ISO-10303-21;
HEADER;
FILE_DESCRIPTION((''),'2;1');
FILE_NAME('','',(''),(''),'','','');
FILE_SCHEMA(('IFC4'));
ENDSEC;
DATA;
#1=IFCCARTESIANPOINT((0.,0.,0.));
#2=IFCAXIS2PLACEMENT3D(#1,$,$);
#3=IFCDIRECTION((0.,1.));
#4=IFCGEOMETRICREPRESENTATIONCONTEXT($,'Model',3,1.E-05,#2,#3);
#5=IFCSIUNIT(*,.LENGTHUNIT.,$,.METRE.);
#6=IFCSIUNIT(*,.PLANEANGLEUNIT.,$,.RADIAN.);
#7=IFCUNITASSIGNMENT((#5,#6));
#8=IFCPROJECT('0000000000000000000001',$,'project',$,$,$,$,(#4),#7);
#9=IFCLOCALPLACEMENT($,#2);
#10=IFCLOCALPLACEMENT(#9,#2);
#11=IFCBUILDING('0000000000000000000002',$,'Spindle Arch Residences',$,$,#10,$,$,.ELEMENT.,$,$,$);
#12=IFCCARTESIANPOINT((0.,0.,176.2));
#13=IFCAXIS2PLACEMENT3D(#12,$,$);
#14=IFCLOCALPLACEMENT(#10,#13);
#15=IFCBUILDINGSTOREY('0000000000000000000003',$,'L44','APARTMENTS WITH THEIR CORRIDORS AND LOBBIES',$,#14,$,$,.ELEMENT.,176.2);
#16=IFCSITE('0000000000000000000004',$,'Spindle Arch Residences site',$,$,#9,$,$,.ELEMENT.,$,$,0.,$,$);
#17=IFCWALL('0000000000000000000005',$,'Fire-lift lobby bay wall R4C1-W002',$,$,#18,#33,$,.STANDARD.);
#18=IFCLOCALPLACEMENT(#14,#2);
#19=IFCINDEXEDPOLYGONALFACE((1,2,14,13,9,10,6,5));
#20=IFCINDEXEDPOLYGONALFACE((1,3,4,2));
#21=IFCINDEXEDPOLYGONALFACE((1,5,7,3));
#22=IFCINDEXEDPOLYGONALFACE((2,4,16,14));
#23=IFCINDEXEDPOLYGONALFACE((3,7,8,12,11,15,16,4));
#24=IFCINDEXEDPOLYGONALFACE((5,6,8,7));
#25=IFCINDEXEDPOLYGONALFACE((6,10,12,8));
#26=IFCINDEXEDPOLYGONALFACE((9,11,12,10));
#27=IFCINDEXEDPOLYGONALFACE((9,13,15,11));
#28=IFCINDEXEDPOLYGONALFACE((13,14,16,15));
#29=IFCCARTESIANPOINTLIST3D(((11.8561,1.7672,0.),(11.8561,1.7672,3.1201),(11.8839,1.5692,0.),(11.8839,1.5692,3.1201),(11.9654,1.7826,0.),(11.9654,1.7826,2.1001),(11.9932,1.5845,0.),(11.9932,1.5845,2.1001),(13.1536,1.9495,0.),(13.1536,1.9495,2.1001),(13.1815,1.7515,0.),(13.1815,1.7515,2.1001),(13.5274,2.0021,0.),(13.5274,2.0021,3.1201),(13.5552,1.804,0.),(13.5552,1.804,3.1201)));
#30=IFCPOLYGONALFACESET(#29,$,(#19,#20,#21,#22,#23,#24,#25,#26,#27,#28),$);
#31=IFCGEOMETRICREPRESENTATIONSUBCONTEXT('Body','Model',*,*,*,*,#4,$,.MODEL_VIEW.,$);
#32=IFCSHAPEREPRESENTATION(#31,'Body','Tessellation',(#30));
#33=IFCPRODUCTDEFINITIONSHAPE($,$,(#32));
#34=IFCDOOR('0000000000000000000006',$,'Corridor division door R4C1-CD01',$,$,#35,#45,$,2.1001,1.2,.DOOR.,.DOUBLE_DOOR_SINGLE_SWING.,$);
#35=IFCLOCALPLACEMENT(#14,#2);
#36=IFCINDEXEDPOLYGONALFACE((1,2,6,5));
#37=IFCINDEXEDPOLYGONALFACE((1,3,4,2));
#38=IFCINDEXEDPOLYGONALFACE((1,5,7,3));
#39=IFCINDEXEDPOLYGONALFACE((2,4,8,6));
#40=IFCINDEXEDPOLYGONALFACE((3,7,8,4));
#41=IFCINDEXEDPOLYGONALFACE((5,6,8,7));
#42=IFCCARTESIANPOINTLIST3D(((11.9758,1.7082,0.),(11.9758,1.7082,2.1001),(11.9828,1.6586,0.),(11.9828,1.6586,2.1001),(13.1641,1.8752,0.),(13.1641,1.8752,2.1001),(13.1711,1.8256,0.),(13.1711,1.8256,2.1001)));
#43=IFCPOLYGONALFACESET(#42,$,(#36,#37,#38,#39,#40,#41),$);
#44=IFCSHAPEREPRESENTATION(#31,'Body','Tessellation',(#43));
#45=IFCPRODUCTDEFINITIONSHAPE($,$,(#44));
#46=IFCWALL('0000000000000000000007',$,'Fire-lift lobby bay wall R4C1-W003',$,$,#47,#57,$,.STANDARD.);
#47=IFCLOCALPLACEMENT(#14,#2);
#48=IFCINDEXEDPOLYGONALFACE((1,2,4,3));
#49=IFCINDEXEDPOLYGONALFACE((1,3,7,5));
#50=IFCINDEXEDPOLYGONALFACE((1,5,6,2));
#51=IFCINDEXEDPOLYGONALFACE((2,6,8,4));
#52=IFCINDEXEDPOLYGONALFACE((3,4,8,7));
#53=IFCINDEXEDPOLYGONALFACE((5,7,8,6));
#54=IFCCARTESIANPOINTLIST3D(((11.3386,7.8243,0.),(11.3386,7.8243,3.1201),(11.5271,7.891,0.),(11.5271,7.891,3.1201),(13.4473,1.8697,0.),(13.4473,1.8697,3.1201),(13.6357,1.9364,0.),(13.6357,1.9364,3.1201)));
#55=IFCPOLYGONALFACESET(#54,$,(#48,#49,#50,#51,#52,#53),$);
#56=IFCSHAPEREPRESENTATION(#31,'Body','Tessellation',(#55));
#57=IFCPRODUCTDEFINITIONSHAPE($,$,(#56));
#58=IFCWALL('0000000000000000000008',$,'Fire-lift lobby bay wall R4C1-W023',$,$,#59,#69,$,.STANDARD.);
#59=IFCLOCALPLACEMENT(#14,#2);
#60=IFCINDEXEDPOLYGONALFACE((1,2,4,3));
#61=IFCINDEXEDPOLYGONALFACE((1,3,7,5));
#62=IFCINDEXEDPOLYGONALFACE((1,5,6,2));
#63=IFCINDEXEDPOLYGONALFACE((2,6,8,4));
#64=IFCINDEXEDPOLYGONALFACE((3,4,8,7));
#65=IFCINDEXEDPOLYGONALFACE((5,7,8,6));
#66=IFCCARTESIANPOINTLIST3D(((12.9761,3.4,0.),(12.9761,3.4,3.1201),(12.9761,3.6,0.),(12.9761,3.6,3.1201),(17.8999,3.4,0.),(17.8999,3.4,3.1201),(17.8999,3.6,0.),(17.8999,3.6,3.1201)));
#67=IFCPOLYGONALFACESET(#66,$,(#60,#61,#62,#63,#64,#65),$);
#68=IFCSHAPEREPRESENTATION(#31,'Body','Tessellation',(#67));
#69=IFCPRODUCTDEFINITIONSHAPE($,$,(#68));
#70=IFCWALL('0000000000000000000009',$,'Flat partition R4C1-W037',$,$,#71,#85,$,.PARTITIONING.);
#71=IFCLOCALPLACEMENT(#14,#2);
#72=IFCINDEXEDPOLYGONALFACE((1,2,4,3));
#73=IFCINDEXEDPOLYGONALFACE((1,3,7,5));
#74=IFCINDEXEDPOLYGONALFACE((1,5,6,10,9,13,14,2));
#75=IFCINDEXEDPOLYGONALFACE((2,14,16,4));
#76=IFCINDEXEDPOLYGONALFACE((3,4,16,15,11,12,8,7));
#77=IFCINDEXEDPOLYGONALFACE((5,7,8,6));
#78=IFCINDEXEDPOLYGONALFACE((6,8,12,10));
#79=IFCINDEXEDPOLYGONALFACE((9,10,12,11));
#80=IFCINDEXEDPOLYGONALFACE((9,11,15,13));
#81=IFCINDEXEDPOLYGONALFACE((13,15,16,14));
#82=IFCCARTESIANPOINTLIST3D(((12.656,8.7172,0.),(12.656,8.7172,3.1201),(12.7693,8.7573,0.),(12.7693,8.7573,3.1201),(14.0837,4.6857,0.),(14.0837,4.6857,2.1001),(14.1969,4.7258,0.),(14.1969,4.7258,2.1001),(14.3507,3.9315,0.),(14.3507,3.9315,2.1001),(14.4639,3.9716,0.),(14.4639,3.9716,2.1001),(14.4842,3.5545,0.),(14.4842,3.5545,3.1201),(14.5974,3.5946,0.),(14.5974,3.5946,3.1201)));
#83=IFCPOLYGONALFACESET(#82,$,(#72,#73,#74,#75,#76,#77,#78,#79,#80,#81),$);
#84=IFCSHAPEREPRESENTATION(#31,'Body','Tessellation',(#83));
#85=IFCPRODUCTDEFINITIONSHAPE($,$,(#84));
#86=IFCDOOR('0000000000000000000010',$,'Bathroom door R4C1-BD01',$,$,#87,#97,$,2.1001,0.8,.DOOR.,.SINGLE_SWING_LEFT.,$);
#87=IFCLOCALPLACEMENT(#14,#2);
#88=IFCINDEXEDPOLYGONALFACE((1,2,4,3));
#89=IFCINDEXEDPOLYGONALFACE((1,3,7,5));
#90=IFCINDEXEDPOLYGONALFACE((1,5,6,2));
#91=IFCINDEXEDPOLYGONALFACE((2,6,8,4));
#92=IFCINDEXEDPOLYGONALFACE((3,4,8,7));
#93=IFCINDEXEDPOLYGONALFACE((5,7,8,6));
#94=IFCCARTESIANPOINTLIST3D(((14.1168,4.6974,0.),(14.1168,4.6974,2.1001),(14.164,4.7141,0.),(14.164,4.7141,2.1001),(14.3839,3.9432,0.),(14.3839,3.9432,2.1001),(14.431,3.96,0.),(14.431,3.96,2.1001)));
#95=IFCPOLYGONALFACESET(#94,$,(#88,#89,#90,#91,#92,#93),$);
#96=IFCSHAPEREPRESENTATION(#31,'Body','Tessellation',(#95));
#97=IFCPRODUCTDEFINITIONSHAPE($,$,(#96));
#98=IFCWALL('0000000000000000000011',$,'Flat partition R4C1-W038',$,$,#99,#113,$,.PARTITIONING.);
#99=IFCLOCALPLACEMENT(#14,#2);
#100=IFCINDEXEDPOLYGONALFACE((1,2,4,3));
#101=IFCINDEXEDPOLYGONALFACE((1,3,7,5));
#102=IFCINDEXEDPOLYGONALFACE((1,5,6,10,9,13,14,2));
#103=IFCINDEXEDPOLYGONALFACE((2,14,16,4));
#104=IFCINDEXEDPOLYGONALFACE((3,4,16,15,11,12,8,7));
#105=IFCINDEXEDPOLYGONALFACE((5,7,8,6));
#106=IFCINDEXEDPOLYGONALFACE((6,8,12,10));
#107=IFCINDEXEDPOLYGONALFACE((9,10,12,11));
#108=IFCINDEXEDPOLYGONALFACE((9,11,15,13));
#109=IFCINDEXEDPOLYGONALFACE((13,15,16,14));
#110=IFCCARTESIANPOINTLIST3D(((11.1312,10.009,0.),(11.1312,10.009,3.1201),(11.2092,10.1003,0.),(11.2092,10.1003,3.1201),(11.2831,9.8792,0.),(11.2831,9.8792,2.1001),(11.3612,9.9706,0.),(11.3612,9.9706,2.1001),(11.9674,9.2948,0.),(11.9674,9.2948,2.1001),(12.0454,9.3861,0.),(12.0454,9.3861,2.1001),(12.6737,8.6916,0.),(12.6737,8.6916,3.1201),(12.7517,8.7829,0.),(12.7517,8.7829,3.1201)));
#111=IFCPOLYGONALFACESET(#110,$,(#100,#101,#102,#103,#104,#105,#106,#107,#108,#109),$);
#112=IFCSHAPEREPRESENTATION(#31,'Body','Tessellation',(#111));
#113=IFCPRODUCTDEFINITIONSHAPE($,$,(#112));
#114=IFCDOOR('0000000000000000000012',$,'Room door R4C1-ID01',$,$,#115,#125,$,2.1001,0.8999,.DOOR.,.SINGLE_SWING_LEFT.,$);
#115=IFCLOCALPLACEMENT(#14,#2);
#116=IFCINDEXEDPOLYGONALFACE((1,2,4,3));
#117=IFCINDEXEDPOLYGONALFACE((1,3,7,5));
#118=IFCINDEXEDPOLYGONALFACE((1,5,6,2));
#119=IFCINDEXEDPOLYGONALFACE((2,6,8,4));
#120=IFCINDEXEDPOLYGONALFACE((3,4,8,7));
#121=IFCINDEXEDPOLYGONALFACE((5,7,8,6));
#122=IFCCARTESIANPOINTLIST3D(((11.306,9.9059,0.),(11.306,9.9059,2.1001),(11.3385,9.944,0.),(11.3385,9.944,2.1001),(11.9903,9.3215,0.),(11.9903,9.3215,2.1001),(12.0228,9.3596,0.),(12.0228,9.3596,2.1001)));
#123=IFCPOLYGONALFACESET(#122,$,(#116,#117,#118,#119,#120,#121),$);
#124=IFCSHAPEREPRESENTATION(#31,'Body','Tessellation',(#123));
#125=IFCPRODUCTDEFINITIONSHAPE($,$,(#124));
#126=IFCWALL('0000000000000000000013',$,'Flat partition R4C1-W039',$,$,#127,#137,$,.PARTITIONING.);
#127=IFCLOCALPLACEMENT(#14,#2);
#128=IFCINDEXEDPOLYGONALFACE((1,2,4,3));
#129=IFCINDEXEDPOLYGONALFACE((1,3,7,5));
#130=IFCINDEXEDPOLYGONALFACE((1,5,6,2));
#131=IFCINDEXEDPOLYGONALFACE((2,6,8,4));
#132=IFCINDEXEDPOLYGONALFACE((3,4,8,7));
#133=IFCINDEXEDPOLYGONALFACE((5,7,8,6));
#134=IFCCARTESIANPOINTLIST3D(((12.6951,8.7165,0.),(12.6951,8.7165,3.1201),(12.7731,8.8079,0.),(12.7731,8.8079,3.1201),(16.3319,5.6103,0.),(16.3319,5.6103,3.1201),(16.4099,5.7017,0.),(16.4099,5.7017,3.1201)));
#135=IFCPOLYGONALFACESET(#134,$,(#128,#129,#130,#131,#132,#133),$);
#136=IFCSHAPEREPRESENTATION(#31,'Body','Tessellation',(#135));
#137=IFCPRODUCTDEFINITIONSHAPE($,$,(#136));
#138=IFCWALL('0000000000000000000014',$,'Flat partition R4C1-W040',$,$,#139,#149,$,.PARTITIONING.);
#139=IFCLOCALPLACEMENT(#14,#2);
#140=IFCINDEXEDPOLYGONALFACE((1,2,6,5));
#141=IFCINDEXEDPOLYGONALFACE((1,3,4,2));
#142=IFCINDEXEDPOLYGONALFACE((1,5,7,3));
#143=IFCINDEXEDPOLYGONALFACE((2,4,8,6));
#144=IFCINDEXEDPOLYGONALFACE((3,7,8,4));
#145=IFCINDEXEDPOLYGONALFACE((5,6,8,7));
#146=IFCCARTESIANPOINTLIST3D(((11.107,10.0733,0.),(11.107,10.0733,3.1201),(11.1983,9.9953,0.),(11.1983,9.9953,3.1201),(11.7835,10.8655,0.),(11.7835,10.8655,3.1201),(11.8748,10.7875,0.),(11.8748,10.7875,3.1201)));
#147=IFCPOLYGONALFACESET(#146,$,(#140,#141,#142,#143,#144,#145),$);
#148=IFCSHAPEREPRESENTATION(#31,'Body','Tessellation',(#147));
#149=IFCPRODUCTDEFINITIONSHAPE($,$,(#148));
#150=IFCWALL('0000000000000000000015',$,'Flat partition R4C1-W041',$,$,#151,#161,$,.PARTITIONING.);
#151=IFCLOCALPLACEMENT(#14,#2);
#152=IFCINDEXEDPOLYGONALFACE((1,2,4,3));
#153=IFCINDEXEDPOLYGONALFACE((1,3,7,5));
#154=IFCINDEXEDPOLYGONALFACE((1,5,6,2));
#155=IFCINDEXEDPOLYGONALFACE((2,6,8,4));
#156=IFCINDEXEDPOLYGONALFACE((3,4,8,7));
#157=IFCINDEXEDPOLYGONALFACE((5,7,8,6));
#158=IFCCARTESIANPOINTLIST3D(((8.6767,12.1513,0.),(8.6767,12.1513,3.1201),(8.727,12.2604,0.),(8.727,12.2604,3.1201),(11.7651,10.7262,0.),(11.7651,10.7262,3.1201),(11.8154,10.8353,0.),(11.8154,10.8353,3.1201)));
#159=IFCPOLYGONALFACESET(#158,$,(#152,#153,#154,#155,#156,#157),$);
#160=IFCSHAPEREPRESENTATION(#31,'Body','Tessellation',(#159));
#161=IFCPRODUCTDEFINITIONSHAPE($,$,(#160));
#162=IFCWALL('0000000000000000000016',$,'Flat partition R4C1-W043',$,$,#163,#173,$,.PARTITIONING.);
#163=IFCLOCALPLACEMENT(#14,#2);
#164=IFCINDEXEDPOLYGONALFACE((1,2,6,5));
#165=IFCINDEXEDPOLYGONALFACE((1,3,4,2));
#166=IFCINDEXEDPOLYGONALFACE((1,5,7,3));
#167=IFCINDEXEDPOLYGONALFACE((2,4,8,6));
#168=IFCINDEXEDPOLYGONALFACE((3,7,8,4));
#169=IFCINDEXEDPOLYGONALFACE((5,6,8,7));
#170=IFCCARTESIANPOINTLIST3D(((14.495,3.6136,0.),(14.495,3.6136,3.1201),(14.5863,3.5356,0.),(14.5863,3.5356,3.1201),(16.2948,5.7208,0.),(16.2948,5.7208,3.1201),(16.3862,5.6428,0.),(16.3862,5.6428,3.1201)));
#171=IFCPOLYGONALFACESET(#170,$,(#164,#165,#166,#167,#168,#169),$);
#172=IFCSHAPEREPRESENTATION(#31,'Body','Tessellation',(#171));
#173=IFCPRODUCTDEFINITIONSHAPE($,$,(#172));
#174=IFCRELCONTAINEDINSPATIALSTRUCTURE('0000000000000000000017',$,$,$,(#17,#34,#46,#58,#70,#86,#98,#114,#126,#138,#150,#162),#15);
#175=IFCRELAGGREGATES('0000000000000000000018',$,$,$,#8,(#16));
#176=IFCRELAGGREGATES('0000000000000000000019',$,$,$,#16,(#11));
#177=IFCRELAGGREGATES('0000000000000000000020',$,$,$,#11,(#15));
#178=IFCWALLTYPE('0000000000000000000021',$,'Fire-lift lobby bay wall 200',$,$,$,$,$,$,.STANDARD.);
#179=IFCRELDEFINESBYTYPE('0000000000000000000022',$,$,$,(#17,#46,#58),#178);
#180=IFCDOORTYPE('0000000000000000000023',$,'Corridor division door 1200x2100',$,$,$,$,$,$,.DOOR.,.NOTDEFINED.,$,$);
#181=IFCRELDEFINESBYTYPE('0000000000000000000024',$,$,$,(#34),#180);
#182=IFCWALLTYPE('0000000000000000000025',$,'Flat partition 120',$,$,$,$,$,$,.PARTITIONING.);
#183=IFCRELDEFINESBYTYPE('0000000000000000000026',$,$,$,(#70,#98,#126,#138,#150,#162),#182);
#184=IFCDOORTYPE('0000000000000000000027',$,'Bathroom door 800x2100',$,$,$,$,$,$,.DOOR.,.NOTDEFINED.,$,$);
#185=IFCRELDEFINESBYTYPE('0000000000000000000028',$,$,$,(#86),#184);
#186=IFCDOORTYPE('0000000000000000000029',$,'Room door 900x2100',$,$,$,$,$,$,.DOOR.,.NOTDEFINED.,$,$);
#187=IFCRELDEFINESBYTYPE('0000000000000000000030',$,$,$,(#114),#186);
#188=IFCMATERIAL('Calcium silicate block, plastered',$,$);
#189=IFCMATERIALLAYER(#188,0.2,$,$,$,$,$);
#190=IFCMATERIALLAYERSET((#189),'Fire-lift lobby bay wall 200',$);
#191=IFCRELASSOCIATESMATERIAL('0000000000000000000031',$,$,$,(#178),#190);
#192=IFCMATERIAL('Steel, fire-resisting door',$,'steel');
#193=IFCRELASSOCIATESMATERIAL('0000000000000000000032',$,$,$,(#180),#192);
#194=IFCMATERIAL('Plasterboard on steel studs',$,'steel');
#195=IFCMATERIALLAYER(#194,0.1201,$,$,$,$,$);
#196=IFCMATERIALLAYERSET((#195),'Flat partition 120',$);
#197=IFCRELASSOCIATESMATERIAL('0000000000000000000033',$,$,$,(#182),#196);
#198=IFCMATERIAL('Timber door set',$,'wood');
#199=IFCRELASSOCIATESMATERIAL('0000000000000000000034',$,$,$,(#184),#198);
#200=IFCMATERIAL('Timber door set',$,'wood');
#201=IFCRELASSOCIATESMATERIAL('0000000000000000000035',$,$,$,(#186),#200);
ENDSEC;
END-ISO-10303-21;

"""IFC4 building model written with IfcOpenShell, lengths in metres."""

from ifc_helpers import new_model, si_unit, direction, frame, frame_2d, origin, place, context, subcontext, project, spatial, rectangle, extrude, material, layer, layer_set, type_object, element, fill, save


model = new_model("IFC4")

# Units and contexts
model_context = context("Model", 3, precision=1e-05, world=origin(), true_north=direction((0.0, 1.0)))
body_context = subcontext(model_context, "Body", "Model", "MODEL_VIEW")
ifc_project = project(units=[si_unit("LENGTHUNIT", "METRE"), si_unit("PLANEANGLEUNIT", "RADIAN")], contexts=[model_context])

# Site, building, storey
site_placement = place(None, origin())
site = spatial("IfcSite", under=ifc_project, at=site_placement, Name="Spindle Arch Residences site", CompositionType="ELEMENT", RefElevation=0.0)
building_placement = place(site_placement, origin())
building = spatial("IfcBuilding", under=site, at=building_placement, Name="Spindle Arch Residences", CompositionType="ELEMENT")
storey_placement = place(building_placement, frame((0.0, 0.0, 176.2)))
storey = spatial("IfcBuildingStorey", under=building, at=storey_placement, Name="L44", Description="APARTMENTS WITH THEIR CORRIDORS AND LOBBIES", CompositionType="ELEMENT", Elevation=176.2)

# Shared definitions
ifc_material_1 = material(Name="Calcium silicate block, plastered")
ifc_layer_1 = layer(ifc_material_1, 0.2)
ifc_layer_set_1 = layer_set([ifc_layer_1], Name="Fire-lift lobby bay wall 200")
wall_type_1 = type_object("IfcWallType", Name="Fire-lift lobby bay wall 200", PredefinedType="STANDARD", material=ifc_layer_set_1)

# Wall, opening, door
wall_1_placement = place(storey_placement, frame((11.8701, 1.6682, 0.0), z_axis=(0.0, 0.0, 1.0), x_axis=(0.990271, 0.139153, 0.0)))
wall_1 = element("IfcWall", 1, at=wall_1_placement, inside=storey, type_object=wall_type_1, Name="Fire-lift lobby bay wall R4C1-W002", PredefinedType="STANDARD", context=body_context, shape_type="SweptSolid", body=[
    extrude(rectangle(XDim=1.6877, YDim=0.2, at=frame_2d((0.8438, 0.0))), origin(), (0.0, 0.0, 1.0), 3.1201),
])
opening_1_placement = place(wall_1_placement, frame((0.1101, 0.0, 0.0)))
opening_1 = element("IfcOpeningElement", 2, at=opening_1_placement, cuts=wall_1, PredefinedType="OPENING", context=body_context, shape_type="SweptSolid", body=[
    extrude(rectangle(XDim=1.2, YDim=2.1001, at=frame_2d((0.6001, 1.05))), frame((0.0, 0.1099, 0.0), z_axis=(0.0, -1.0, 0.0), x_axis=(1.0, 0.0, 0.0)), (0.0, 0.0, 1.0), 0.22),
])
ifc_material_2 = material(Name="Steel, fire-resisting door", Category="steel")
door_type_1 = type_object("IfcDoorType", Name="Corridor division door 1200x2100", OperationType="NOTDEFINED", PredefinedType="DOOR", material=ifc_material_2)
door_1_placement = place(opening_1_placement, origin())
door_1 = element("IfcDoor", 3, at=door_1_placement, inside=storey, type_object=door_type_1, Name="Corridor division door R4C1-CD01", OperationType="DOUBLE_DOOR_SINGLE_SWING", OverallHeight=2.1001, OverallWidth=1.2, PredefinedType="DOOR", context=body_context, shape_type="SweptSolid", body=[
    extrude(rectangle(XDim=1.2, YDim=2.1001, at=frame_2d((0.6001, 1.05))), frame((0.0, 0.0249, 0.0), z_axis=(0.0, -1.0, 0.0), x_axis=(1.0, 0.0, 0.0)), (0.0, 0.0, 1.0), 0.05),
])
fill(opening_1, door_1)

# Walls
wall_2_placement = place(storey_placement, frame((13.5415, 1.9031, 0.0), z_axis=(0.0, 0.0, 1.0), x_axis=(-0.333809, 0.942641, 0.0)))
element("IfcWall", 4, at=wall_2_placement, inside=storey, type_object=wall_type_1, Name="Fire-lift lobby bay wall R4C1-W003", PredefinedType="STANDARD", context=body_context, shape_type="SweptSolid", body=[
    extrude(rectangle(XDim=6.3169, YDim=0.2, at=frame_2d((3.1584, 0.0))), origin(), (0.0, 0.0, 1.0), 3.1201),
])
wall_3_placement = place(storey_placement, frame((17.8999, 3.5, 0.0), z_axis=(0.0, 0.0, 1.0), x_axis=(-1.0, 0.0, 0.0)))
element("IfcWall", 5, at=wall_3_placement, inside=storey, type_object=wall_type_1, Name="Fire-lift lobby bay wall R4C1-W023", PredefinedType="STANDARD", context=body_context, shape_type="SweptSolid", body=[
    extrude(rectangle(XDim=4.9238, YDim=0.2, at=frame_2d((2.4619, 0.0))), origin(), (0.0, 0.0, 1.0), 3.1201),
])

# Walls, openings, doors
ifc_material_3 = material(Name="Plasterboard on steel studs", Category="steel")
ifc_layer_2 = layer(ifc_material_3, 0.1201)
ifc_layer_set_2 = layer_set([ifc_layer_2], Name="Flat partition 120")
wall_type_2 = type_object("IfcWallType", Name="Flat partition 120", PredefinedType="PARTITIONING", material=ifc_layer_set_2)
wall_4_placement = place(storey_placement, frame((14.5408, 3.5747, 0.0), z_axis=(0.0, 0.0, 1.0), x_axis=(-0.333799, 0.942644, 0.0)))
wall_4 = element("IfcWall", 6, at=wall_4_placement, inside=storey, type_object=wall_type_2, Name="Flat partition R4C1-W037", PredefinedType="PARTITIONING", context=body_context, shape_type="SweptSolid", body=[
    extrude(rectangle(XDim=5.4768, YDim=0.1201, at=frame_2d((2.7383, 0.0))), origin(), (0.0, 0.0, 1.0), 3.1201),
])
opening_2_placement = place(wall_4_placement, frame((0.3999, 0.0, 0.0)))
opening_2 = element("IfcOpeningElement", 7, at=opening_2_placement, cuts=wall_4, PredefinedType="OPENING", context=body_context, shape_type="SweptSolid", body=[
    extrude(rectangle(XDim=0.8, YDim=2.1001, at=frame_2d((0.3999, 1.05))), frame((0.0, 0.0701, 0.0), z_axis=(0.0, -1.0, 0.0), x_axis=(1.0, 0.0, 0.0)), (0.0, 0.0, 1.0), 0.1401),
])
ifc_material_4 = material(Name="Timber door set", Category="wood")
door_type_2 = type_object("IfcDoorType", Name="Bathroom door 800x2100", OperationType="NOTDEFINED", PredefinedType="DOOR", material=ifc_material_4)
door_2_placement = place(opening_2_placement, origin())
door_2 = element("IfcDoor", 8, at=door_2_placement, inside=storey, type_object=door_type_2, Name="Bathroom door R4C1-BD01", OperationType="SINGLE_SWING_LEFT", OverallHeight=2.1001, OverallWidth=0.8, PredefinedType="DOOR", context=body_context, shape_type="SweptSolid", body=[
    extrude(rectangle(XDim=0.8, YDim=2.1001, at=frame_2d((0.3999, 1.05))), frame((0.0, 0.0249, 0.0), z_axis=(0.0, -1.0, 0.0), x_axis=(1.0, 0.0, 0.0)), (0.0, 0.0, 1.0), 0.05),
])
fill(opening_2, door_2)
wall_5_placement = place(storey_placement, frame((12.7126, 8.7373, 0.0), z_axis=(0.0, 0.0, 1.0), x_axis=(-0.760411, 0.649442, 0.0)))
wall_5 = element("IfcWall", 9, at=wall_5_placement, inside=storey, type_object=wall_type_2, Name="Flat partition R4C1-W038", PredefinedType="PARTITIONING", context=body_context, shape_type="SweptSolid", body=[
    extrude(rectangle(XDim=2.0286, YDim=0.1201, at=frame_2d((1.0142, 0.0))), origin(), (0.0, 0.0, 1.0), 3.1201),
])
opening_3_placement = place(wall_5_placement, frame((0.9287, 0.0, 0.0)))
opening_3 = element("IfcOpeningElement", 10, at=opening_3_placement, cuts=wall_5, PredefinedType="OPENING", context=body_context, shape_type="SweptSolid", body=[
    extrude(rectangle(XDim=0.8999, YDim=2.1001, at=frame_2d((0.45, 1.05))), frame((0.0, 0.0701, 0.0), z_axis=(0.0, -1.0, 0.0), x_axis=(1.0, 0.0, 0.0)), (0.0, 0.0, 1.0), 0.1401),
])
ifc_material_5 = material(Name="Timber door set", Category="wood")
door_type_3 = type_object("IfcDoorType", Name="Room door 900x2100", OperationType="NOTDEFINED", PredefinedType="DOOR", material=ifc_material_5)
door_3_placement = place(opening_3_placement, origin())
door_3 = element("IfcDoor", 11, at=door_3_placement, inside=storey, type_object=door_type_3, Name="Room door R4C1-ID01", OperationType="SINGLE_SWING_LEFT", OverallHeight=2.1001, OverallWidth=0.8999, PredefinedType="DOOR", context=body_context, shape_type="SweptSolid", body=[
    extrude(rectangle(XDim=0.8999, YDim=2.1001, at=frame_2d((0.45, 1.05))), frame((0.0, 0.0249, 0.0), z_axis=(0.0, -1.0, 0.0), x_axis=(1.0, 0.0, 0.0)), (0.0, 0.0, 1.0), 0.05),
])
fill(opening_3, door_3)

# Walls
wall_6_placement = place(storey_placement, frame((12.7341, 8.7622, 0.0), z_axis=(0.0, 0.0, 1.0), x_axis=(0.76039, -0.649466, 0.0)))
element("IfcWall", 12, at=wall_6_placement, inside=storey, type_object=wall_type_2, Name="Flat partition R4C1-W039", PredefinedType="PARTITIONING", context=body_context, shape_type="SweptSolid", body=[
    extrude(rectangle(XDim=4.7827, YDim=0.1201, at=frame_2d((2.3914, 0.0))), origin(), (0.0, 0.0, 1.0), 3.1201),
])
wall_7_placement = place(storey_placement, frame((11.1526, 10.0342, 0.0), z_axis=(0.0, 0.0, 1.0), x_axis=(0.649381, 0.760463, 0.0)))
element("IfcWall", 13, at=wall_7_placement, inside=storey, type_object=wall_type_2, Name="Flat partition R4C1-W040", PredefinedType="PARTITIONING", context=body_context, shape_type="SweptSolid", body=[
    extrude(rectangle(XDim=1.0417, YDim=0.1201, at=frame_2d((0.521, 0.0))), origin(), (0.0, 0.0, 1.0), 3.1201),
])
wall_8_placement = place(storey_placement, frame((11.7903, 10.7808, 0.0), z_axis=(0.0, 0.0, 1.0), x_axis=(-0.907999, 0.418972, 0.0)))
element("IfcWall", 14, at=wall_8_placement, inside=storey, type_object=wall_type_2, Name="Flat partition R4C1-W041", PredefinedType="PARTITIONING", context=body_context, shape_type="SweptSolid", body=[
    extrude(rectangle(XDim=3.4014, YDim=0.1201, at=frame_2d((1.7007, 0.0))), origin(), (0.0, 0.0, 1.0), 3.1201),
])
wall_9_placement = place(storey_placement, frame((16.3406, 5.6819, 0.0), z_axis=(0.0, 0.0, 1.0), x_axis=(-0.64947, -0.760387, 0.0)))
element("IfcWall", 15, at=wall_9_placement, inside=storey, type_object=wall_type_2, Name="Flat partition R4C1-W043", PredefinedType="PARTITIONING", context=body_context, shape_type="SweptSolid", body=[
    extrude(rectangle(XDim=2.7712, YDim=0.1201, at=frame_2d((1.3857, 0.0))), origin(), (0.0, 0.0, 1.0), 3.1201),
])

save(model, "model.ifc")
